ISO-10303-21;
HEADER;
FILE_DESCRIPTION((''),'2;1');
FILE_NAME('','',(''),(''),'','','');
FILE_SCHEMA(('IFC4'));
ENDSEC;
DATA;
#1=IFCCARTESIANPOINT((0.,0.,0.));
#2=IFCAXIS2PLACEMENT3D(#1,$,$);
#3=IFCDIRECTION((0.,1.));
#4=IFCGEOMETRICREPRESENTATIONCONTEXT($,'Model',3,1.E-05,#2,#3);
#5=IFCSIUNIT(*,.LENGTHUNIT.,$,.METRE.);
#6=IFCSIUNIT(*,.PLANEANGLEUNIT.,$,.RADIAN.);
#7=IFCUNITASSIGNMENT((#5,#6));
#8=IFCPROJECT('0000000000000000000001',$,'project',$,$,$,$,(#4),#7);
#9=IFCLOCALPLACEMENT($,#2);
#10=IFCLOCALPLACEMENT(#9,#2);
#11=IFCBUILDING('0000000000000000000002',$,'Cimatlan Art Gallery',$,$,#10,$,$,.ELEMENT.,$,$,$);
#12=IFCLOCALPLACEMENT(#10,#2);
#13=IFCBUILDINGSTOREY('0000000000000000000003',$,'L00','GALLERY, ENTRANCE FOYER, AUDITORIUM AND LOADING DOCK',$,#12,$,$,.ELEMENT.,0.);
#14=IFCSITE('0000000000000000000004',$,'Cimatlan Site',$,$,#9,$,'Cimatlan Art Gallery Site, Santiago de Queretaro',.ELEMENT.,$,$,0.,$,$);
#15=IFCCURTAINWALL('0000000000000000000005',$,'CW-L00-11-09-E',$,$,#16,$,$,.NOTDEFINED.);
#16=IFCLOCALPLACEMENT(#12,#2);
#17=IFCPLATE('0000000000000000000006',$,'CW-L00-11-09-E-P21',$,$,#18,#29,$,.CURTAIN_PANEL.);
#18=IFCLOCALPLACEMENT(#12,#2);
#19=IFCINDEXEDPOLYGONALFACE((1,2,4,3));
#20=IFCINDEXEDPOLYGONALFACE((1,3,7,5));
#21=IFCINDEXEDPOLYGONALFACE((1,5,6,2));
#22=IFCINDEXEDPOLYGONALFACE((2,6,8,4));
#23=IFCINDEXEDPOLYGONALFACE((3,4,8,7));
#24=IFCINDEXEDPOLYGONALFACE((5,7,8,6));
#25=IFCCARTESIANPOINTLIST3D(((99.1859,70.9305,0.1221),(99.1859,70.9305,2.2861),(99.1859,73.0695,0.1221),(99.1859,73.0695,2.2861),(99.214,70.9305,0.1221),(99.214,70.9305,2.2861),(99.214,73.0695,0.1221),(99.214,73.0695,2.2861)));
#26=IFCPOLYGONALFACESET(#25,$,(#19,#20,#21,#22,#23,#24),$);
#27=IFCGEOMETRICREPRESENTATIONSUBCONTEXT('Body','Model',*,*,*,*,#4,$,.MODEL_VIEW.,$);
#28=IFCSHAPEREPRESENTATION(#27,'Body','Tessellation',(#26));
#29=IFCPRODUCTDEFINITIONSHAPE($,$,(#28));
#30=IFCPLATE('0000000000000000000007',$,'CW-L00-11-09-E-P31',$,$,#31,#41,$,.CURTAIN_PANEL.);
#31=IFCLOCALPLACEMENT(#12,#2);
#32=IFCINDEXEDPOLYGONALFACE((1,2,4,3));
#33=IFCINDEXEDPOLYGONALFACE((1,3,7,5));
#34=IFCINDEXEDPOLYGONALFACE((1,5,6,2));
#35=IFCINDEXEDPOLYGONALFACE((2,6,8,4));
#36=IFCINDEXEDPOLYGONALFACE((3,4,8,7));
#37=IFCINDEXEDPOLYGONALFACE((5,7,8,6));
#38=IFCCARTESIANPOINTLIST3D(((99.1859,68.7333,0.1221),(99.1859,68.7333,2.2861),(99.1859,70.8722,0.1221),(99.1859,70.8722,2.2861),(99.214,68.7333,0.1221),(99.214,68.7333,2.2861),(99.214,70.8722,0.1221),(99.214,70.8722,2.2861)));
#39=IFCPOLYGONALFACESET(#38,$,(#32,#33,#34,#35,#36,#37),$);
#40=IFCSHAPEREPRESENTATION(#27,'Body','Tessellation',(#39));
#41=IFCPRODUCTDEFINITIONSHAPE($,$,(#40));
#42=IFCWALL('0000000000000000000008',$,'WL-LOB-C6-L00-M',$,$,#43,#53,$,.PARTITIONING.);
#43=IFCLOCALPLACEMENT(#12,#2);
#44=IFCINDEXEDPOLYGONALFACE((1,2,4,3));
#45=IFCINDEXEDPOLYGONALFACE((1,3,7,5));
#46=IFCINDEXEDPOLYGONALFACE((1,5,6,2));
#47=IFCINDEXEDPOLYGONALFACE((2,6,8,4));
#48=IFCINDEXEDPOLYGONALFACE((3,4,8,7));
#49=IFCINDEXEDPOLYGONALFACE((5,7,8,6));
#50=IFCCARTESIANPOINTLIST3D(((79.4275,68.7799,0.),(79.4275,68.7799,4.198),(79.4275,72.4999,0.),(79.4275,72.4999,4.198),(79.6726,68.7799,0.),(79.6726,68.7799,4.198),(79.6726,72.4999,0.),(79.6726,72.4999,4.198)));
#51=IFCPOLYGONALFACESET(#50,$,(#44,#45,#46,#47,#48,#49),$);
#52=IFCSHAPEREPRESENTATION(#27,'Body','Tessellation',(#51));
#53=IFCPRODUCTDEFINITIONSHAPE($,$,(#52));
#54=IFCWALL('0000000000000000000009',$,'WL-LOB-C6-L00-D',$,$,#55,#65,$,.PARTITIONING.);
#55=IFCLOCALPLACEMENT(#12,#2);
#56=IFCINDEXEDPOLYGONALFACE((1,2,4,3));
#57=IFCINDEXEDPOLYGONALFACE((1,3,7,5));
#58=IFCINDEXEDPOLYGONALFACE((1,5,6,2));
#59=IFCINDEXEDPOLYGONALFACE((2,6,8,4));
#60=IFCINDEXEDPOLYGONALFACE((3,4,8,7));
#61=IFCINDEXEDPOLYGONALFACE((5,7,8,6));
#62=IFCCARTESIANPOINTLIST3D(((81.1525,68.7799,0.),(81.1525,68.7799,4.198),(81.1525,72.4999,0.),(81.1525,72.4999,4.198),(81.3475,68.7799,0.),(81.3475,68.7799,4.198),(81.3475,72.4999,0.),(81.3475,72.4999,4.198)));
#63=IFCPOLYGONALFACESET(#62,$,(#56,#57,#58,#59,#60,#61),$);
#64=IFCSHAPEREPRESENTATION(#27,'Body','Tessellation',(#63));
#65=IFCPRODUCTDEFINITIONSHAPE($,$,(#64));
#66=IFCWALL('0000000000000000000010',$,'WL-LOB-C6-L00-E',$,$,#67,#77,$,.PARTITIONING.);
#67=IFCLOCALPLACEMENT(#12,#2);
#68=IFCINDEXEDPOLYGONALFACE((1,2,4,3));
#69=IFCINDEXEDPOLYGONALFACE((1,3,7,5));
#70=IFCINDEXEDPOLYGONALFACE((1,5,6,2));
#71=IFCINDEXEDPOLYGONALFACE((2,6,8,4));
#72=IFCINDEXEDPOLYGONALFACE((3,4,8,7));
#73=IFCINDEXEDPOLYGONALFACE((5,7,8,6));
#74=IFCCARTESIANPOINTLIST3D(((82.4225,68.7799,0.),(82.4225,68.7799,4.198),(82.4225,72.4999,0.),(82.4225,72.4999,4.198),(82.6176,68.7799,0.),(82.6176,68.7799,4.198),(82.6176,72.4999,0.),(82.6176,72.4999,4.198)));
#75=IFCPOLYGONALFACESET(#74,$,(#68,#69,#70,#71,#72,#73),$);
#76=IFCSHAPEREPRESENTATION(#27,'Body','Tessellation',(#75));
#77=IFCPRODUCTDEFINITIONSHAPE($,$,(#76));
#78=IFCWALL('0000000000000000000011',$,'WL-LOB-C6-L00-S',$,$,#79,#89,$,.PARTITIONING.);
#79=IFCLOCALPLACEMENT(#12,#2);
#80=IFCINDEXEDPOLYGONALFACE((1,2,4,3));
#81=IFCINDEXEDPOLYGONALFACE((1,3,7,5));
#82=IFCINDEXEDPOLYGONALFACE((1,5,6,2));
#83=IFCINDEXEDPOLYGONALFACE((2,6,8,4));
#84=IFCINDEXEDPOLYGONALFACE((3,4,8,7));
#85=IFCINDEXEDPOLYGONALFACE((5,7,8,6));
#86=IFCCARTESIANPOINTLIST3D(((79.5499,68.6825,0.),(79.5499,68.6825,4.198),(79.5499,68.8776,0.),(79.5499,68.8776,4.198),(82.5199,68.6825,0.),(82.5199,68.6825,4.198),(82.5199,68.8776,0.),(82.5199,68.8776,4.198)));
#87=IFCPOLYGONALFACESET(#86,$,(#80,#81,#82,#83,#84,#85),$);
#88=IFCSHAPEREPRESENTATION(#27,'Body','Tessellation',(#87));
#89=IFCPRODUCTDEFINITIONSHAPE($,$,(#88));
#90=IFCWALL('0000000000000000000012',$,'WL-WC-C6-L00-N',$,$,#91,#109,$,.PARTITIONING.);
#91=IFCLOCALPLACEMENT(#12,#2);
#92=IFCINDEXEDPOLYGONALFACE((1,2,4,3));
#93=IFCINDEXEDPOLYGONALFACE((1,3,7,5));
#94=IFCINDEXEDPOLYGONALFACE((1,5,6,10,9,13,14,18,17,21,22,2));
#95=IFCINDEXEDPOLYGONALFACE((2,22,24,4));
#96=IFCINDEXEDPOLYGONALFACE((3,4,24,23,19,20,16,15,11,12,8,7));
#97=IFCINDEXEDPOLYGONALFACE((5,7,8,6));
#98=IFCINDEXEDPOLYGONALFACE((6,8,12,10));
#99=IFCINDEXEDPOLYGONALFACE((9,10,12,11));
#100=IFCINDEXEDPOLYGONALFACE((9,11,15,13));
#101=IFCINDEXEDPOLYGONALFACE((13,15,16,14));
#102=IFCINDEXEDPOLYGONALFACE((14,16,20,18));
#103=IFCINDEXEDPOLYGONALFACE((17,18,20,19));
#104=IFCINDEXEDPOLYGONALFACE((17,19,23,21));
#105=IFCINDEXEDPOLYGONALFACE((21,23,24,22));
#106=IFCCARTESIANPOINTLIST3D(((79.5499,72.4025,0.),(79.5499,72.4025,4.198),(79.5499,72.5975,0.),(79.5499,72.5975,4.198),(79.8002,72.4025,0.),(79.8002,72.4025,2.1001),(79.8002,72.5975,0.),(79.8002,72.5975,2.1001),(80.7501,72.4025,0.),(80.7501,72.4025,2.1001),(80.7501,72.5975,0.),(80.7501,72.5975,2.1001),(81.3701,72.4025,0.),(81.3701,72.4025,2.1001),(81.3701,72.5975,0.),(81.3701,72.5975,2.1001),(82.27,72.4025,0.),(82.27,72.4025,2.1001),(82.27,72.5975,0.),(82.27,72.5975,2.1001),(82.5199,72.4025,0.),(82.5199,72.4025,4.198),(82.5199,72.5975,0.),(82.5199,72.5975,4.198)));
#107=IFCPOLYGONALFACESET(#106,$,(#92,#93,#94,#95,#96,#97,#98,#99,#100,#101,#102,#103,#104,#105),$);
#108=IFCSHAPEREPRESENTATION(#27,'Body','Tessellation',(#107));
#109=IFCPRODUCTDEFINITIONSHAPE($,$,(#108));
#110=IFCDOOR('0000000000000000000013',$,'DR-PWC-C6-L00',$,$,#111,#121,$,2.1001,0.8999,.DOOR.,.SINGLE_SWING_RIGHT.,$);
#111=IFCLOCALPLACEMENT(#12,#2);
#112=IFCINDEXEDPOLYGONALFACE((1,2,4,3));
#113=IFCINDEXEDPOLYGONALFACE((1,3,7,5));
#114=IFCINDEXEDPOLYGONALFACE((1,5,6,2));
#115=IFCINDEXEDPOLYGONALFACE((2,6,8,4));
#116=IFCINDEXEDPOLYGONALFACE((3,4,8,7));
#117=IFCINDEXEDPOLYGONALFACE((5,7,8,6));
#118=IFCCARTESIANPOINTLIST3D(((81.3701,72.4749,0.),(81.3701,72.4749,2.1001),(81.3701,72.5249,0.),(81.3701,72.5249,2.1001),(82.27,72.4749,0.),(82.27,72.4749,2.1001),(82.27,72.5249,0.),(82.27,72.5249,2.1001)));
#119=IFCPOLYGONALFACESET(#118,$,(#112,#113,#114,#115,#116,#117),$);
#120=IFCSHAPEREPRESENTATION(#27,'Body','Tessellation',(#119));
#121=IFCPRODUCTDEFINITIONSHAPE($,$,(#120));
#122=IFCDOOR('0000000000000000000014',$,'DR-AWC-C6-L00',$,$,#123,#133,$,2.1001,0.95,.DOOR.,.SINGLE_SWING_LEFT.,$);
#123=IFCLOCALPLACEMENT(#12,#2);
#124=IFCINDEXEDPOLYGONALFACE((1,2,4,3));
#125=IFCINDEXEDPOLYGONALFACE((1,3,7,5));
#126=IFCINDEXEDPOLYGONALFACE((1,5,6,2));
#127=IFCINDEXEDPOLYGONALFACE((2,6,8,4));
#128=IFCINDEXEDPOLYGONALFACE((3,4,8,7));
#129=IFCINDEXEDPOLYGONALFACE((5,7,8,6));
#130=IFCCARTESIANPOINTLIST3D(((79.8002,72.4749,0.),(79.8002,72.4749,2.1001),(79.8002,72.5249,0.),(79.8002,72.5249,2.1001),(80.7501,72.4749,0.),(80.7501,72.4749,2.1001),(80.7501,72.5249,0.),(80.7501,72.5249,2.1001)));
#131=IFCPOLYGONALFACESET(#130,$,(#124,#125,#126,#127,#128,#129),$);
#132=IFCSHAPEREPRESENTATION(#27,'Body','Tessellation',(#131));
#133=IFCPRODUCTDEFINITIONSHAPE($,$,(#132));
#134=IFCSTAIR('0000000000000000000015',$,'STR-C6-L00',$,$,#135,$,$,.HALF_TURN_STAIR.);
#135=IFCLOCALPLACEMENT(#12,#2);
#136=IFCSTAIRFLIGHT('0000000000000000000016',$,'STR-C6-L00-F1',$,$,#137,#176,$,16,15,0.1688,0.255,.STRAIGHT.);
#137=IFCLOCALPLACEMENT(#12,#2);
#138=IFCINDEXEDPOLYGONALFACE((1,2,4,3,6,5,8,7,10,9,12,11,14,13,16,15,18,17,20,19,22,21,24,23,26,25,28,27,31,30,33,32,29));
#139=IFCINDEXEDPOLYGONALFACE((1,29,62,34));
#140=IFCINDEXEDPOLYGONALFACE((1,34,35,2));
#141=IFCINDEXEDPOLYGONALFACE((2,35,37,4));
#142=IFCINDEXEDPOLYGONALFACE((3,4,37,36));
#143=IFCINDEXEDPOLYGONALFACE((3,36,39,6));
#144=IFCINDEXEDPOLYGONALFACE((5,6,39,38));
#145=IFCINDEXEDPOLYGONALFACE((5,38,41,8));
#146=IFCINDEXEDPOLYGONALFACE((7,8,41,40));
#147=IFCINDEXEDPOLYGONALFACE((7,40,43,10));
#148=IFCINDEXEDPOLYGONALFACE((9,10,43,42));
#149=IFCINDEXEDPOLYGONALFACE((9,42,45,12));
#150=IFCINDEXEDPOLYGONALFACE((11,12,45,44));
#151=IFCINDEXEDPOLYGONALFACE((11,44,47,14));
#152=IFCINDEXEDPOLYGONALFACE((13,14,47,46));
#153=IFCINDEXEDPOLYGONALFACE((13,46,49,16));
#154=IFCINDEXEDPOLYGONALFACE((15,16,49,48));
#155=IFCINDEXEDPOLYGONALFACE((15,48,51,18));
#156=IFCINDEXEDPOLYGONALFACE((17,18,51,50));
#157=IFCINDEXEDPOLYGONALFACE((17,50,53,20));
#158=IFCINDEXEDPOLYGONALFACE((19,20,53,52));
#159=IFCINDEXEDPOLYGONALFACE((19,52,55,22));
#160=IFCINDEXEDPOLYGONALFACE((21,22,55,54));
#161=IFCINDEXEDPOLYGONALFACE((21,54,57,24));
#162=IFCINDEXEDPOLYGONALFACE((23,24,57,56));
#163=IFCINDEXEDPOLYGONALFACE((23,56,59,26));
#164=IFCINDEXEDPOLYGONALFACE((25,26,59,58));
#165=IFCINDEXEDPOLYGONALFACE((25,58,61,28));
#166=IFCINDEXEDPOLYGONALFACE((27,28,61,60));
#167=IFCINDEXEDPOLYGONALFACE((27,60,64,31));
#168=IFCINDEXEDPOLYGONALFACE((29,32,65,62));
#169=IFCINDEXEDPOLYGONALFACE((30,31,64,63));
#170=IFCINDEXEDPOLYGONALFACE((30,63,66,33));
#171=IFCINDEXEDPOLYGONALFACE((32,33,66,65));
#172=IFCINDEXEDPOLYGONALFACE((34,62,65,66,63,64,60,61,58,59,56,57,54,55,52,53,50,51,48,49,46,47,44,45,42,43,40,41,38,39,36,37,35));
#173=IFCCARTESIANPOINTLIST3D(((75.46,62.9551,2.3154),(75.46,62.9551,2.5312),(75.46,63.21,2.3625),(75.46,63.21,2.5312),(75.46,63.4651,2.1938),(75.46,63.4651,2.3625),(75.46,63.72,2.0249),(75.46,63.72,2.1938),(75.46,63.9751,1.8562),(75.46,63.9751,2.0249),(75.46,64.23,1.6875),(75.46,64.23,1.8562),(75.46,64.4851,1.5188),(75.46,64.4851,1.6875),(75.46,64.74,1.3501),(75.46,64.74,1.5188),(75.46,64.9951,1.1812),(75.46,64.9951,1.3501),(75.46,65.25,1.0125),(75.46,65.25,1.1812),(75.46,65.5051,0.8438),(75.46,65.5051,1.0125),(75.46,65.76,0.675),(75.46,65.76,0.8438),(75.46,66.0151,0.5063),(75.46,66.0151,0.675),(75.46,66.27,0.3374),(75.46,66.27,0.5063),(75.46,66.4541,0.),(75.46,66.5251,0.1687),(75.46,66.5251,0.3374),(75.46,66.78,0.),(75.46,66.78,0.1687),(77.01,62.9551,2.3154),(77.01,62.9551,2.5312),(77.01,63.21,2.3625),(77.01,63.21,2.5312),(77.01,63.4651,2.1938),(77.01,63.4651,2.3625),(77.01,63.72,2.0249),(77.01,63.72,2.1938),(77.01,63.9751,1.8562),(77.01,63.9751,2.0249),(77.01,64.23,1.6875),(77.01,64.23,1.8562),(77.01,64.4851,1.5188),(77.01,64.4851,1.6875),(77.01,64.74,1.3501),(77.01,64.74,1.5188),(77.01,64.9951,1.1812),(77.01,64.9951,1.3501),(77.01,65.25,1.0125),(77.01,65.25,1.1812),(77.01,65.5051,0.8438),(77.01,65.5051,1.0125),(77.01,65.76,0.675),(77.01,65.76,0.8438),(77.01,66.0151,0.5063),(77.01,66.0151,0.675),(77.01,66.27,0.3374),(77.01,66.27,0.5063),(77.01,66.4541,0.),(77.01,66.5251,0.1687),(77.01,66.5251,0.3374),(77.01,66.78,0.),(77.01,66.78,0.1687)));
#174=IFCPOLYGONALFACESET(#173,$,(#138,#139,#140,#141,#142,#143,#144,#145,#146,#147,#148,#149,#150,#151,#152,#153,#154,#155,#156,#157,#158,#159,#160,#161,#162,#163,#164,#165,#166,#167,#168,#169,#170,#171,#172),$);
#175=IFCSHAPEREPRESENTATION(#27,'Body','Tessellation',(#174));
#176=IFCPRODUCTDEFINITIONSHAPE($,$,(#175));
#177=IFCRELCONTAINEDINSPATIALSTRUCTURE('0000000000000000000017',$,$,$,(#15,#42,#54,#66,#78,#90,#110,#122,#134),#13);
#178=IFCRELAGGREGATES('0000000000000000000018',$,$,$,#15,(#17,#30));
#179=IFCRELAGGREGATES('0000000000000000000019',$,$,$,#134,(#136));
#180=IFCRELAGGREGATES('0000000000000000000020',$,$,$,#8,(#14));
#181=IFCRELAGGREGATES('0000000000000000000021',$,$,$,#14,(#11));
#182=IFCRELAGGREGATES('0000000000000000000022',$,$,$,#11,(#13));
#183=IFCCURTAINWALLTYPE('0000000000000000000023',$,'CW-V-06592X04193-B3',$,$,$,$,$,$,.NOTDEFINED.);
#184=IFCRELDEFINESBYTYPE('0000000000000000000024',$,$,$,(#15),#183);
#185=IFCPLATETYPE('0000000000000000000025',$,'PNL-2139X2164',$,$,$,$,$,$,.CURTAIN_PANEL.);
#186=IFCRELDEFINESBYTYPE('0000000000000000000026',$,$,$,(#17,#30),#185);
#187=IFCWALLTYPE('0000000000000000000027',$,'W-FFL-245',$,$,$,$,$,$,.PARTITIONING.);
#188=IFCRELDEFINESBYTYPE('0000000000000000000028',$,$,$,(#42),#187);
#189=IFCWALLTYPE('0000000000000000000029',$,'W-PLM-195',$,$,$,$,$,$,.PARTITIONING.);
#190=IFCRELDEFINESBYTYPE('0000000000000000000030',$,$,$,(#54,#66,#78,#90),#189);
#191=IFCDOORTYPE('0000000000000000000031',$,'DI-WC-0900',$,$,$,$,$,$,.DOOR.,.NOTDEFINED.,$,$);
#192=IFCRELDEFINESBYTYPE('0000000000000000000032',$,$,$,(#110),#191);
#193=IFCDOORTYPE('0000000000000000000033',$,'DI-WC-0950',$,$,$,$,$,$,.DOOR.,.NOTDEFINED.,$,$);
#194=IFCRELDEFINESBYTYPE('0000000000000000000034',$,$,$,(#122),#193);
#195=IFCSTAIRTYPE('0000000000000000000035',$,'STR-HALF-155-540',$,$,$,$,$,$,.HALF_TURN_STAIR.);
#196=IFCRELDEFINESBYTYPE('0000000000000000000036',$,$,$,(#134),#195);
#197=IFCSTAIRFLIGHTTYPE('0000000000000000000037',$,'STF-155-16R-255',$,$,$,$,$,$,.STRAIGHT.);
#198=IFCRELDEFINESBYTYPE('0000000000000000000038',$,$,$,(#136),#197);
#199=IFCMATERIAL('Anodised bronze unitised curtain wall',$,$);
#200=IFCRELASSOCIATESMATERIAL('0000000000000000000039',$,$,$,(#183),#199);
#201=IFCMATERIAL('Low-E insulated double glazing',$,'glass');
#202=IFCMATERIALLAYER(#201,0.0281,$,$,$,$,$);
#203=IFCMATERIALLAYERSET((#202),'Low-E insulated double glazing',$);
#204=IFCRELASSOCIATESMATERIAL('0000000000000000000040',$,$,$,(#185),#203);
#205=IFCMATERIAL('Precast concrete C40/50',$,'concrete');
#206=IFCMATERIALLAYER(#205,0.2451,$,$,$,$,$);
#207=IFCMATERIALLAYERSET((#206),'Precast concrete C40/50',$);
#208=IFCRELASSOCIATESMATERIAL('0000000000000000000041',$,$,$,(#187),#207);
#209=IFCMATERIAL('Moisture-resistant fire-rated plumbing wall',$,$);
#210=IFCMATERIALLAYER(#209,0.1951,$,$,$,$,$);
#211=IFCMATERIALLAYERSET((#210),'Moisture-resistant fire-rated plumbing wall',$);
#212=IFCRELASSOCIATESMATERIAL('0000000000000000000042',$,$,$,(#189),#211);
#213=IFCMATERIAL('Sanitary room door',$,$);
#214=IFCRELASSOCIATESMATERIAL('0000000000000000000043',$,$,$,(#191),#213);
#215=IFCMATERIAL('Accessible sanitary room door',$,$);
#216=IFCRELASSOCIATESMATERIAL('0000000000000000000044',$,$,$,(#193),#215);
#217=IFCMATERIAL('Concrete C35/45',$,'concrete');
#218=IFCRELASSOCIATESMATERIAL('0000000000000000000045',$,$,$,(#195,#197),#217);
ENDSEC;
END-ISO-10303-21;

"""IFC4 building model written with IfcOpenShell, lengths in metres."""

from ifc_helpers import new_model, si_unit, direction, frame, frame_2d, origin, origin_2d, place, context, subcontext, project, spatial, polyline, rectangle, outline, extrude, material, layer, layer_set, type_object, element, fill, aggregate, save


model = new_model("IFC4")

# Units and contexts
model_context = context("Model", 3, precision=1e-05, world=origin(), true_north=direction((0.0, 1.0)))
body_context = subcontext(model_context, "Body", "Model", "MODEL_VIEW")
ifc_project = project(units=[si_unit("LENGTHUNIT", "METRE"), si_unit("PLANEANGLEUNIT", "RADIAN")], contexts=[model_context])

# Site, building, storey
site_placement = place(None, origin())
site = spatial("IfcSite", under=ifc_project, at=site_placement, Name="Cimatlan Site", LongName="Cimatlan Art Gallery Site, Santiago de Queretaro", CompositionType="ELEMENT", RefElevation=0.0)
building_placement = place(site_placement, origin())
building = spatial("IfcBuilding", under=site, at=building_placement, Name="Cimatlan Art Gallery", CompositionType="ELEMENT")
storey_placement = place(building_placement, origin())
storey = spatial("IfcBuildingStorey", under=building, at=storey_placement, Name="L00", Description="GALLERY, ENTRANCE FOYER, AUDITORIUM AND LOADING DOCK", CompositionType="ELEMENT", Elevation=0.0)

# Shared definitions
ifc_material_1 = material(Name="Anodised bronze unitised curtain wall")

# Curtain wall
curtain_wall_type_1 = type_object("IfcCurtainWallType", Name="CW-V-06592X04193-B3", PredefinedType="NOTDEFINED", material=ifc_material_1)
curtain_wall_1_placement = place(storey_placement, origin())
curtain_wall_1 = element("IfcCurtainWall", 1, at=curtain_wall_1_placement, inside=storey, type_object=curtain_wall_type_1, Name="CW-L00-11-09-E", PredefinedType="NOTDEFINED")

# Plates
ifc_material_2 = material(Name="Low-E insulated double glazing", Category="glass")
ifc_layer_1 = layer(ifc_material_2, 0.0281)
ifc_layer_set_1 = layer_set([ifc_layer_1], Name="Low-E insulated double glazing")
plate_type_1 = type_object("IfcPlateType", Name="PNL-2139X2164", PredefinedType="CURTAIN_PANEL", material=ifc_layer_set_1)
plate_1_placement = place(storey_placement, frame((99.2, 72.0, 0.1221), z_axis=(0.0, 0.0, 1.0), x_axis=(0.0, -1.0, 0.0)))
plate_1 = element("IfcPlate", 2, at=plate_1_placement, type_object=plate_type_1, Name="CW-L00-11-09-E-P21", PredefinedType="CURTAIN_PANEL", context=body_context, shape_type="SweptSolid", body=[
    extrude(rectangle(XDim=2.1389, YDim=0.0281, at=origin_2d()), origin(), (0.0, 0.0, 1.0), 2.1641),
])
plate_2_placement = place(storey_placement, frame((99.2, 69.8027, 0.1221), z_axis=(0.0, 0.0, 1.0), x_axis=(0.0, -1.0, 0.0)))
plate_2 = element("IfcPlate", 3, at=plate_2_placement, type_object=plate_type_1, Name="CW-L00-11-09-E-P31", PredefinedType="CURTAIN_PANEL", context=body_context, shape_type="SweptSolid", body=[
    extrude(rectangle(XDim=2.1389, YDim=0.0281, at=origin_2d()), origin(), (0.0, 0.0, 1.0), 2.1641),
])
aggregate(curtain_wall_1, [plate_1, plate_2])

# Walls
ifc_material_3 = material(Name="Precast concrete C40/50", Category="concrete")
ifc_layer_2 = layer(ifc_material_3, 0.2451)
ifc_layer_set_2 = layer_set([ifc_layer_2], Name="Precast concrete C40/50")
wall_type_1 = type_object("IfcWallType", Name="W-FFL-245", PredefinedType="PARTITIONING", material=ifc_layer_set_2)
wall_1_placement = place(storey_placement, frame((79.55, 68.78, 0.0), z_axis=(0.0, 0.0, 1.0), x_axis=(0.0, 1.0, 0.0)))
element("IfcWall", 4, at=wall_1_placement, inside=storey, type_object=wall_type_1, Name="WL-LOB-C6-L00-M", PredefinedType="PARTITIONING", context=body_context, shape_type="SweptSolid", body=[
    extrude(rectangle(XDim=3.72, YDim=0.2451, at=frame_2d((1.8599, 0.0))), origin(), (0.0, 0.0, 1.0), 4.198),
])
ifc_material_4 = material(Name="Moisture-resistant fire-rated plumbing wall")
ifc_layer_3 = layer(ifc_material_4, 0.1951)
ifc_layer_set_3 = layer_set([ifc_layer_3], Name="Moisture-resistant fire-rated plumbing wall")
wall_type_2 = type_object("IfcWallType", Name="W-PLM-195", PredefinedType="PARTITIONING", material=ifc_layer_set_3)
for number, where, z_axis, x_axis, name in (
    (5, (81.25, 68.78, 0.0), (0.0, 0.0, 1.0), (0.0, 1.0, 0.0), "WL-LOB-C6-L00-D"),
    (6, (82.52, 68.78, 0.0), (0.0, 0.0, 1.0), (0.0, 1.0, 0.0), "WL-LOB-C6-L00-E"),
):
    element("IfcWall", number, at=place(storey_placement, frame(where, z_axis=z_axis, x_axis=x_axis)), inside=storey, type_object=wall_type_2, Name=name, PredefinedType="PARTITIONING", context=body_context, shape_type="SweptSolid", body=[
        extrude(rectangle(XDim=3.72, YDim=0.1951, at=frame_2d((1.8599, 0.0))), origin(), (0.0, 0.0, 1.0), 4.198),
    ])
wall_2_placement = place(storey_placement, frame((79.55, 68.78, 0.0), z_axis=(0.0, 0.0, 1.0), x_axis=(1.0, 0.0, 0.0)))
element("IfcWall", 7, at=wall_2_placement, inside=storey, type_object=wall_type_2, Name="WL-LOB-C6-L00-S", PredefinedType="PARTITIONING", context=body_context, shape_type="SweptSolid", body=[
    extrude(rectangle(XDim=2.97, YDim=0.1951, at=frame_2d((1.4849, 0.0))), origin(), (0.0, 0.0, 1.0), 4.198),
])

# Wall, openings, doors
wall_3_placement = place(storey_placement, frame((79.55, 72.5, 0.0), z_axis=(0.0, 0.0, 1.0), x_axis=(1.0, 0.0, 0.0)))
wall_3 = element("IfcWall", 8, at=wall_3_placement, inside=storey, type_object=wall_type_2, Name="WL-WC-C6-L00-N", PredefinedType="PARTITIONING", context=body_context, shape_type="SweptSolid", body=[
    extrude(rectangle(XDim=2.97, YDim=0.1951, at=frame_2d((1.4849, 0.0))), origin(), (0.0, 0.0, 1.0), 4.198),
])
opening_1_placement = place(wall_3_placement, frame((0.25, 0.0, 0.0)))
opening_1 = element("IfcOpeningElement", 9, at=opening_1_placement, cuts=wall_3, PredefinedType="OPENING", context=body_context, shape_type="SweptSolid", body=[
    extrude(rectangle(XDim=0.95, YDim=2.1001, at=frame_2d((0.4751, 1.05))), frame((0.0, 0.1074, 0.0), z_axis=(0.0, -1.0, 0.0), x_axis=(1.0, 0.0, 0.0)), (0.0, 0.0, 1.0), 0.2151),
])
opening_2_placement = place(wall_3_placement, frame((1.8201, 0.0, 0.0)))
opening_2 = element("IfcOpeningElement", 10, at=opening_2_placement, cuts=wall_3, PredefinedType="OPENING", context=body_context, shape_type="SweptSolid", body=[
    extrude(rectangle(XDim=0.8999, YDim=2.1001, at=frame_2d((0.45, 1.05))), frame((0.0, 0.1074, 0.0), z_axis=(0.0, -1.0, 0.0), x_axis=(1.0, 0.0, 0.0)), (0.0, 0.0, 1.0), 0.2151),
])
ifc_material_5 = material(Name="Sanitary room door")
door_type_1 = type_object("IfcDoorType", Name="DI-WC-0900", OperationType="NOTDEFINED", PredefinedType="DOOR", material=ifc_material_5)
door_1_placement = place(opening_2_placement, origin())
door_1 = element("IfcDoor", 11, at=door_1_placement, inside=storey, type_object=door_type_1, Name="DR-PWC-C6-L00", OperationType="SINGLE_SWING_RIGHT", OverallHeight=2.1001, OverallWidth=0.8999, PredefinedType="DOOR", context=body_context, shape_type="SweptSolid", body=[
    extrude(rectangle(XDim=0.8999, YDim=2.1001, at=frame_2d((0.45, 1.05))), frame((0.0, 0.0249, 0.0), z_axis=(0.0, -1.0, 0.0), x_axis=(1.0, 0.0, 0.0)), (0.0, 0.0, 1.0), 0.05),
])
fill(opening_2, door_1)
ifc_material_6 = material(Name="Accessible sanitary room door")
door_type_2 = type_object("IfcDoorType", Name="DI-WC-0950", OperationType="NOTDEFINED", PredefinedType="DOOR", material=ifc_material_6)
door_2_placement = place(opening_1_placement, origin())
door_2 = element("IfcDoor", 12, at=door_2_placement, inside=storey, type_object=door_type_2, Name="DR-AWC-C6-L00", OperationType="SINGLE_SWING_LEFT", OverallHeight=2.1001, OverallWidth=0.95, PredefinedType="DOOR", context=body_context, shape_type="SweptSolid", body=[
    extrude(rectangle(XDim=0.95, YDim=2.1001, at=frame_2d((0.4751, 1.05))), frame((0.0, 0.0249, 0.0), z_axis=(0.0, -1.0, 0.0), x_axis=(1.0, 0.0, 0.0)), (0.0, 0.0, 1.0), 0.05),
])
fill(opening_1, door_2)

# Stair, stair flight
ifc_material_7 = material(Name="Concrete C35/45", Category="concrete")
stair_type = type_object("IfcStairType", Name="STR-HALF-155-540", PredefinedType="HALF_TURN_STAIR", material=ifc_material_7)
stair_placement = place(storey_placement, origin())
stair = element("IfcStair", 13, at=stair_placement, inside=storey, type_object=stair_type, Name="STR-C6-L00", PredefinedType="HALF_TURN_STAIR")
stair_flight_type = type_object("IfcStairFlightType", Name="STF-155-16R-255", PredefinedType="STRAIGHT", material=ifc_material_7)
stair_flight_placement = place(storey_placement, frame((76.2351, 66.78, 0.0), z_axis=(0.0, 0.0, 1.0), x_axis=(0.0, -1.0, 0.0)))
stair_flight = element("IfcStairFlight", 14, at=stair_flight_placement, type_object=stair_flight_type, Name="STR-C6-L00-F1", NumberOfRisers=16, NumberOfTreads=15, PredefinedType="STRAIGHT", RiserHeight=0.1688, TreadLength=0.255, context=body_context, shape_type="SweptSolid", body=[
    extrude(outline(polyline([(0.0, 0.0), (0.0, 0.1687), (0.2549, 0.1687), (0.2549, 0.3374), (0.51, 0.3374), (0.51, 0.5063), (0.7649, 0.5063), (0.7649, 0.675), (1.02, 0.675), (1.02, 0.8438), (1.2749, 0.8438), (1.2749, 1.0125), (1.53, 1.0125), (1.53, 1.1812), (1.7849, 1.1812), (1.7849, 1.3501), (2.04, 1.3501), (2.04, 1.5188), (2.2949, 1.5188), (2.2949, 1.6875), (2.55, 1.6875), (2.55, 1.8562), (2.8049, 1.8562), (2.8049, 2.0249), (3.0601, 2.0249), (3.0601, 2.1938), (3.3149, 2.1938), (3.3149, 2.3625), (3.5701, 2.3625), (3.5701, 2.5312), (3.825, 2.5312), (3.825, 2.7), (3.825, 2.3154), (0.3259, 0.0), (0.0, 0.0)])), frame((0.0, 0.7749, 0.0), z_axis=(0.0, -1.0, 0.0), x_axis=(1.0, 0.0, 0.0)), (0.0, 0.0, 1.0), 1.55),
])
aggregate(stair, [stair_flight])

save(model, "model.ifc")
